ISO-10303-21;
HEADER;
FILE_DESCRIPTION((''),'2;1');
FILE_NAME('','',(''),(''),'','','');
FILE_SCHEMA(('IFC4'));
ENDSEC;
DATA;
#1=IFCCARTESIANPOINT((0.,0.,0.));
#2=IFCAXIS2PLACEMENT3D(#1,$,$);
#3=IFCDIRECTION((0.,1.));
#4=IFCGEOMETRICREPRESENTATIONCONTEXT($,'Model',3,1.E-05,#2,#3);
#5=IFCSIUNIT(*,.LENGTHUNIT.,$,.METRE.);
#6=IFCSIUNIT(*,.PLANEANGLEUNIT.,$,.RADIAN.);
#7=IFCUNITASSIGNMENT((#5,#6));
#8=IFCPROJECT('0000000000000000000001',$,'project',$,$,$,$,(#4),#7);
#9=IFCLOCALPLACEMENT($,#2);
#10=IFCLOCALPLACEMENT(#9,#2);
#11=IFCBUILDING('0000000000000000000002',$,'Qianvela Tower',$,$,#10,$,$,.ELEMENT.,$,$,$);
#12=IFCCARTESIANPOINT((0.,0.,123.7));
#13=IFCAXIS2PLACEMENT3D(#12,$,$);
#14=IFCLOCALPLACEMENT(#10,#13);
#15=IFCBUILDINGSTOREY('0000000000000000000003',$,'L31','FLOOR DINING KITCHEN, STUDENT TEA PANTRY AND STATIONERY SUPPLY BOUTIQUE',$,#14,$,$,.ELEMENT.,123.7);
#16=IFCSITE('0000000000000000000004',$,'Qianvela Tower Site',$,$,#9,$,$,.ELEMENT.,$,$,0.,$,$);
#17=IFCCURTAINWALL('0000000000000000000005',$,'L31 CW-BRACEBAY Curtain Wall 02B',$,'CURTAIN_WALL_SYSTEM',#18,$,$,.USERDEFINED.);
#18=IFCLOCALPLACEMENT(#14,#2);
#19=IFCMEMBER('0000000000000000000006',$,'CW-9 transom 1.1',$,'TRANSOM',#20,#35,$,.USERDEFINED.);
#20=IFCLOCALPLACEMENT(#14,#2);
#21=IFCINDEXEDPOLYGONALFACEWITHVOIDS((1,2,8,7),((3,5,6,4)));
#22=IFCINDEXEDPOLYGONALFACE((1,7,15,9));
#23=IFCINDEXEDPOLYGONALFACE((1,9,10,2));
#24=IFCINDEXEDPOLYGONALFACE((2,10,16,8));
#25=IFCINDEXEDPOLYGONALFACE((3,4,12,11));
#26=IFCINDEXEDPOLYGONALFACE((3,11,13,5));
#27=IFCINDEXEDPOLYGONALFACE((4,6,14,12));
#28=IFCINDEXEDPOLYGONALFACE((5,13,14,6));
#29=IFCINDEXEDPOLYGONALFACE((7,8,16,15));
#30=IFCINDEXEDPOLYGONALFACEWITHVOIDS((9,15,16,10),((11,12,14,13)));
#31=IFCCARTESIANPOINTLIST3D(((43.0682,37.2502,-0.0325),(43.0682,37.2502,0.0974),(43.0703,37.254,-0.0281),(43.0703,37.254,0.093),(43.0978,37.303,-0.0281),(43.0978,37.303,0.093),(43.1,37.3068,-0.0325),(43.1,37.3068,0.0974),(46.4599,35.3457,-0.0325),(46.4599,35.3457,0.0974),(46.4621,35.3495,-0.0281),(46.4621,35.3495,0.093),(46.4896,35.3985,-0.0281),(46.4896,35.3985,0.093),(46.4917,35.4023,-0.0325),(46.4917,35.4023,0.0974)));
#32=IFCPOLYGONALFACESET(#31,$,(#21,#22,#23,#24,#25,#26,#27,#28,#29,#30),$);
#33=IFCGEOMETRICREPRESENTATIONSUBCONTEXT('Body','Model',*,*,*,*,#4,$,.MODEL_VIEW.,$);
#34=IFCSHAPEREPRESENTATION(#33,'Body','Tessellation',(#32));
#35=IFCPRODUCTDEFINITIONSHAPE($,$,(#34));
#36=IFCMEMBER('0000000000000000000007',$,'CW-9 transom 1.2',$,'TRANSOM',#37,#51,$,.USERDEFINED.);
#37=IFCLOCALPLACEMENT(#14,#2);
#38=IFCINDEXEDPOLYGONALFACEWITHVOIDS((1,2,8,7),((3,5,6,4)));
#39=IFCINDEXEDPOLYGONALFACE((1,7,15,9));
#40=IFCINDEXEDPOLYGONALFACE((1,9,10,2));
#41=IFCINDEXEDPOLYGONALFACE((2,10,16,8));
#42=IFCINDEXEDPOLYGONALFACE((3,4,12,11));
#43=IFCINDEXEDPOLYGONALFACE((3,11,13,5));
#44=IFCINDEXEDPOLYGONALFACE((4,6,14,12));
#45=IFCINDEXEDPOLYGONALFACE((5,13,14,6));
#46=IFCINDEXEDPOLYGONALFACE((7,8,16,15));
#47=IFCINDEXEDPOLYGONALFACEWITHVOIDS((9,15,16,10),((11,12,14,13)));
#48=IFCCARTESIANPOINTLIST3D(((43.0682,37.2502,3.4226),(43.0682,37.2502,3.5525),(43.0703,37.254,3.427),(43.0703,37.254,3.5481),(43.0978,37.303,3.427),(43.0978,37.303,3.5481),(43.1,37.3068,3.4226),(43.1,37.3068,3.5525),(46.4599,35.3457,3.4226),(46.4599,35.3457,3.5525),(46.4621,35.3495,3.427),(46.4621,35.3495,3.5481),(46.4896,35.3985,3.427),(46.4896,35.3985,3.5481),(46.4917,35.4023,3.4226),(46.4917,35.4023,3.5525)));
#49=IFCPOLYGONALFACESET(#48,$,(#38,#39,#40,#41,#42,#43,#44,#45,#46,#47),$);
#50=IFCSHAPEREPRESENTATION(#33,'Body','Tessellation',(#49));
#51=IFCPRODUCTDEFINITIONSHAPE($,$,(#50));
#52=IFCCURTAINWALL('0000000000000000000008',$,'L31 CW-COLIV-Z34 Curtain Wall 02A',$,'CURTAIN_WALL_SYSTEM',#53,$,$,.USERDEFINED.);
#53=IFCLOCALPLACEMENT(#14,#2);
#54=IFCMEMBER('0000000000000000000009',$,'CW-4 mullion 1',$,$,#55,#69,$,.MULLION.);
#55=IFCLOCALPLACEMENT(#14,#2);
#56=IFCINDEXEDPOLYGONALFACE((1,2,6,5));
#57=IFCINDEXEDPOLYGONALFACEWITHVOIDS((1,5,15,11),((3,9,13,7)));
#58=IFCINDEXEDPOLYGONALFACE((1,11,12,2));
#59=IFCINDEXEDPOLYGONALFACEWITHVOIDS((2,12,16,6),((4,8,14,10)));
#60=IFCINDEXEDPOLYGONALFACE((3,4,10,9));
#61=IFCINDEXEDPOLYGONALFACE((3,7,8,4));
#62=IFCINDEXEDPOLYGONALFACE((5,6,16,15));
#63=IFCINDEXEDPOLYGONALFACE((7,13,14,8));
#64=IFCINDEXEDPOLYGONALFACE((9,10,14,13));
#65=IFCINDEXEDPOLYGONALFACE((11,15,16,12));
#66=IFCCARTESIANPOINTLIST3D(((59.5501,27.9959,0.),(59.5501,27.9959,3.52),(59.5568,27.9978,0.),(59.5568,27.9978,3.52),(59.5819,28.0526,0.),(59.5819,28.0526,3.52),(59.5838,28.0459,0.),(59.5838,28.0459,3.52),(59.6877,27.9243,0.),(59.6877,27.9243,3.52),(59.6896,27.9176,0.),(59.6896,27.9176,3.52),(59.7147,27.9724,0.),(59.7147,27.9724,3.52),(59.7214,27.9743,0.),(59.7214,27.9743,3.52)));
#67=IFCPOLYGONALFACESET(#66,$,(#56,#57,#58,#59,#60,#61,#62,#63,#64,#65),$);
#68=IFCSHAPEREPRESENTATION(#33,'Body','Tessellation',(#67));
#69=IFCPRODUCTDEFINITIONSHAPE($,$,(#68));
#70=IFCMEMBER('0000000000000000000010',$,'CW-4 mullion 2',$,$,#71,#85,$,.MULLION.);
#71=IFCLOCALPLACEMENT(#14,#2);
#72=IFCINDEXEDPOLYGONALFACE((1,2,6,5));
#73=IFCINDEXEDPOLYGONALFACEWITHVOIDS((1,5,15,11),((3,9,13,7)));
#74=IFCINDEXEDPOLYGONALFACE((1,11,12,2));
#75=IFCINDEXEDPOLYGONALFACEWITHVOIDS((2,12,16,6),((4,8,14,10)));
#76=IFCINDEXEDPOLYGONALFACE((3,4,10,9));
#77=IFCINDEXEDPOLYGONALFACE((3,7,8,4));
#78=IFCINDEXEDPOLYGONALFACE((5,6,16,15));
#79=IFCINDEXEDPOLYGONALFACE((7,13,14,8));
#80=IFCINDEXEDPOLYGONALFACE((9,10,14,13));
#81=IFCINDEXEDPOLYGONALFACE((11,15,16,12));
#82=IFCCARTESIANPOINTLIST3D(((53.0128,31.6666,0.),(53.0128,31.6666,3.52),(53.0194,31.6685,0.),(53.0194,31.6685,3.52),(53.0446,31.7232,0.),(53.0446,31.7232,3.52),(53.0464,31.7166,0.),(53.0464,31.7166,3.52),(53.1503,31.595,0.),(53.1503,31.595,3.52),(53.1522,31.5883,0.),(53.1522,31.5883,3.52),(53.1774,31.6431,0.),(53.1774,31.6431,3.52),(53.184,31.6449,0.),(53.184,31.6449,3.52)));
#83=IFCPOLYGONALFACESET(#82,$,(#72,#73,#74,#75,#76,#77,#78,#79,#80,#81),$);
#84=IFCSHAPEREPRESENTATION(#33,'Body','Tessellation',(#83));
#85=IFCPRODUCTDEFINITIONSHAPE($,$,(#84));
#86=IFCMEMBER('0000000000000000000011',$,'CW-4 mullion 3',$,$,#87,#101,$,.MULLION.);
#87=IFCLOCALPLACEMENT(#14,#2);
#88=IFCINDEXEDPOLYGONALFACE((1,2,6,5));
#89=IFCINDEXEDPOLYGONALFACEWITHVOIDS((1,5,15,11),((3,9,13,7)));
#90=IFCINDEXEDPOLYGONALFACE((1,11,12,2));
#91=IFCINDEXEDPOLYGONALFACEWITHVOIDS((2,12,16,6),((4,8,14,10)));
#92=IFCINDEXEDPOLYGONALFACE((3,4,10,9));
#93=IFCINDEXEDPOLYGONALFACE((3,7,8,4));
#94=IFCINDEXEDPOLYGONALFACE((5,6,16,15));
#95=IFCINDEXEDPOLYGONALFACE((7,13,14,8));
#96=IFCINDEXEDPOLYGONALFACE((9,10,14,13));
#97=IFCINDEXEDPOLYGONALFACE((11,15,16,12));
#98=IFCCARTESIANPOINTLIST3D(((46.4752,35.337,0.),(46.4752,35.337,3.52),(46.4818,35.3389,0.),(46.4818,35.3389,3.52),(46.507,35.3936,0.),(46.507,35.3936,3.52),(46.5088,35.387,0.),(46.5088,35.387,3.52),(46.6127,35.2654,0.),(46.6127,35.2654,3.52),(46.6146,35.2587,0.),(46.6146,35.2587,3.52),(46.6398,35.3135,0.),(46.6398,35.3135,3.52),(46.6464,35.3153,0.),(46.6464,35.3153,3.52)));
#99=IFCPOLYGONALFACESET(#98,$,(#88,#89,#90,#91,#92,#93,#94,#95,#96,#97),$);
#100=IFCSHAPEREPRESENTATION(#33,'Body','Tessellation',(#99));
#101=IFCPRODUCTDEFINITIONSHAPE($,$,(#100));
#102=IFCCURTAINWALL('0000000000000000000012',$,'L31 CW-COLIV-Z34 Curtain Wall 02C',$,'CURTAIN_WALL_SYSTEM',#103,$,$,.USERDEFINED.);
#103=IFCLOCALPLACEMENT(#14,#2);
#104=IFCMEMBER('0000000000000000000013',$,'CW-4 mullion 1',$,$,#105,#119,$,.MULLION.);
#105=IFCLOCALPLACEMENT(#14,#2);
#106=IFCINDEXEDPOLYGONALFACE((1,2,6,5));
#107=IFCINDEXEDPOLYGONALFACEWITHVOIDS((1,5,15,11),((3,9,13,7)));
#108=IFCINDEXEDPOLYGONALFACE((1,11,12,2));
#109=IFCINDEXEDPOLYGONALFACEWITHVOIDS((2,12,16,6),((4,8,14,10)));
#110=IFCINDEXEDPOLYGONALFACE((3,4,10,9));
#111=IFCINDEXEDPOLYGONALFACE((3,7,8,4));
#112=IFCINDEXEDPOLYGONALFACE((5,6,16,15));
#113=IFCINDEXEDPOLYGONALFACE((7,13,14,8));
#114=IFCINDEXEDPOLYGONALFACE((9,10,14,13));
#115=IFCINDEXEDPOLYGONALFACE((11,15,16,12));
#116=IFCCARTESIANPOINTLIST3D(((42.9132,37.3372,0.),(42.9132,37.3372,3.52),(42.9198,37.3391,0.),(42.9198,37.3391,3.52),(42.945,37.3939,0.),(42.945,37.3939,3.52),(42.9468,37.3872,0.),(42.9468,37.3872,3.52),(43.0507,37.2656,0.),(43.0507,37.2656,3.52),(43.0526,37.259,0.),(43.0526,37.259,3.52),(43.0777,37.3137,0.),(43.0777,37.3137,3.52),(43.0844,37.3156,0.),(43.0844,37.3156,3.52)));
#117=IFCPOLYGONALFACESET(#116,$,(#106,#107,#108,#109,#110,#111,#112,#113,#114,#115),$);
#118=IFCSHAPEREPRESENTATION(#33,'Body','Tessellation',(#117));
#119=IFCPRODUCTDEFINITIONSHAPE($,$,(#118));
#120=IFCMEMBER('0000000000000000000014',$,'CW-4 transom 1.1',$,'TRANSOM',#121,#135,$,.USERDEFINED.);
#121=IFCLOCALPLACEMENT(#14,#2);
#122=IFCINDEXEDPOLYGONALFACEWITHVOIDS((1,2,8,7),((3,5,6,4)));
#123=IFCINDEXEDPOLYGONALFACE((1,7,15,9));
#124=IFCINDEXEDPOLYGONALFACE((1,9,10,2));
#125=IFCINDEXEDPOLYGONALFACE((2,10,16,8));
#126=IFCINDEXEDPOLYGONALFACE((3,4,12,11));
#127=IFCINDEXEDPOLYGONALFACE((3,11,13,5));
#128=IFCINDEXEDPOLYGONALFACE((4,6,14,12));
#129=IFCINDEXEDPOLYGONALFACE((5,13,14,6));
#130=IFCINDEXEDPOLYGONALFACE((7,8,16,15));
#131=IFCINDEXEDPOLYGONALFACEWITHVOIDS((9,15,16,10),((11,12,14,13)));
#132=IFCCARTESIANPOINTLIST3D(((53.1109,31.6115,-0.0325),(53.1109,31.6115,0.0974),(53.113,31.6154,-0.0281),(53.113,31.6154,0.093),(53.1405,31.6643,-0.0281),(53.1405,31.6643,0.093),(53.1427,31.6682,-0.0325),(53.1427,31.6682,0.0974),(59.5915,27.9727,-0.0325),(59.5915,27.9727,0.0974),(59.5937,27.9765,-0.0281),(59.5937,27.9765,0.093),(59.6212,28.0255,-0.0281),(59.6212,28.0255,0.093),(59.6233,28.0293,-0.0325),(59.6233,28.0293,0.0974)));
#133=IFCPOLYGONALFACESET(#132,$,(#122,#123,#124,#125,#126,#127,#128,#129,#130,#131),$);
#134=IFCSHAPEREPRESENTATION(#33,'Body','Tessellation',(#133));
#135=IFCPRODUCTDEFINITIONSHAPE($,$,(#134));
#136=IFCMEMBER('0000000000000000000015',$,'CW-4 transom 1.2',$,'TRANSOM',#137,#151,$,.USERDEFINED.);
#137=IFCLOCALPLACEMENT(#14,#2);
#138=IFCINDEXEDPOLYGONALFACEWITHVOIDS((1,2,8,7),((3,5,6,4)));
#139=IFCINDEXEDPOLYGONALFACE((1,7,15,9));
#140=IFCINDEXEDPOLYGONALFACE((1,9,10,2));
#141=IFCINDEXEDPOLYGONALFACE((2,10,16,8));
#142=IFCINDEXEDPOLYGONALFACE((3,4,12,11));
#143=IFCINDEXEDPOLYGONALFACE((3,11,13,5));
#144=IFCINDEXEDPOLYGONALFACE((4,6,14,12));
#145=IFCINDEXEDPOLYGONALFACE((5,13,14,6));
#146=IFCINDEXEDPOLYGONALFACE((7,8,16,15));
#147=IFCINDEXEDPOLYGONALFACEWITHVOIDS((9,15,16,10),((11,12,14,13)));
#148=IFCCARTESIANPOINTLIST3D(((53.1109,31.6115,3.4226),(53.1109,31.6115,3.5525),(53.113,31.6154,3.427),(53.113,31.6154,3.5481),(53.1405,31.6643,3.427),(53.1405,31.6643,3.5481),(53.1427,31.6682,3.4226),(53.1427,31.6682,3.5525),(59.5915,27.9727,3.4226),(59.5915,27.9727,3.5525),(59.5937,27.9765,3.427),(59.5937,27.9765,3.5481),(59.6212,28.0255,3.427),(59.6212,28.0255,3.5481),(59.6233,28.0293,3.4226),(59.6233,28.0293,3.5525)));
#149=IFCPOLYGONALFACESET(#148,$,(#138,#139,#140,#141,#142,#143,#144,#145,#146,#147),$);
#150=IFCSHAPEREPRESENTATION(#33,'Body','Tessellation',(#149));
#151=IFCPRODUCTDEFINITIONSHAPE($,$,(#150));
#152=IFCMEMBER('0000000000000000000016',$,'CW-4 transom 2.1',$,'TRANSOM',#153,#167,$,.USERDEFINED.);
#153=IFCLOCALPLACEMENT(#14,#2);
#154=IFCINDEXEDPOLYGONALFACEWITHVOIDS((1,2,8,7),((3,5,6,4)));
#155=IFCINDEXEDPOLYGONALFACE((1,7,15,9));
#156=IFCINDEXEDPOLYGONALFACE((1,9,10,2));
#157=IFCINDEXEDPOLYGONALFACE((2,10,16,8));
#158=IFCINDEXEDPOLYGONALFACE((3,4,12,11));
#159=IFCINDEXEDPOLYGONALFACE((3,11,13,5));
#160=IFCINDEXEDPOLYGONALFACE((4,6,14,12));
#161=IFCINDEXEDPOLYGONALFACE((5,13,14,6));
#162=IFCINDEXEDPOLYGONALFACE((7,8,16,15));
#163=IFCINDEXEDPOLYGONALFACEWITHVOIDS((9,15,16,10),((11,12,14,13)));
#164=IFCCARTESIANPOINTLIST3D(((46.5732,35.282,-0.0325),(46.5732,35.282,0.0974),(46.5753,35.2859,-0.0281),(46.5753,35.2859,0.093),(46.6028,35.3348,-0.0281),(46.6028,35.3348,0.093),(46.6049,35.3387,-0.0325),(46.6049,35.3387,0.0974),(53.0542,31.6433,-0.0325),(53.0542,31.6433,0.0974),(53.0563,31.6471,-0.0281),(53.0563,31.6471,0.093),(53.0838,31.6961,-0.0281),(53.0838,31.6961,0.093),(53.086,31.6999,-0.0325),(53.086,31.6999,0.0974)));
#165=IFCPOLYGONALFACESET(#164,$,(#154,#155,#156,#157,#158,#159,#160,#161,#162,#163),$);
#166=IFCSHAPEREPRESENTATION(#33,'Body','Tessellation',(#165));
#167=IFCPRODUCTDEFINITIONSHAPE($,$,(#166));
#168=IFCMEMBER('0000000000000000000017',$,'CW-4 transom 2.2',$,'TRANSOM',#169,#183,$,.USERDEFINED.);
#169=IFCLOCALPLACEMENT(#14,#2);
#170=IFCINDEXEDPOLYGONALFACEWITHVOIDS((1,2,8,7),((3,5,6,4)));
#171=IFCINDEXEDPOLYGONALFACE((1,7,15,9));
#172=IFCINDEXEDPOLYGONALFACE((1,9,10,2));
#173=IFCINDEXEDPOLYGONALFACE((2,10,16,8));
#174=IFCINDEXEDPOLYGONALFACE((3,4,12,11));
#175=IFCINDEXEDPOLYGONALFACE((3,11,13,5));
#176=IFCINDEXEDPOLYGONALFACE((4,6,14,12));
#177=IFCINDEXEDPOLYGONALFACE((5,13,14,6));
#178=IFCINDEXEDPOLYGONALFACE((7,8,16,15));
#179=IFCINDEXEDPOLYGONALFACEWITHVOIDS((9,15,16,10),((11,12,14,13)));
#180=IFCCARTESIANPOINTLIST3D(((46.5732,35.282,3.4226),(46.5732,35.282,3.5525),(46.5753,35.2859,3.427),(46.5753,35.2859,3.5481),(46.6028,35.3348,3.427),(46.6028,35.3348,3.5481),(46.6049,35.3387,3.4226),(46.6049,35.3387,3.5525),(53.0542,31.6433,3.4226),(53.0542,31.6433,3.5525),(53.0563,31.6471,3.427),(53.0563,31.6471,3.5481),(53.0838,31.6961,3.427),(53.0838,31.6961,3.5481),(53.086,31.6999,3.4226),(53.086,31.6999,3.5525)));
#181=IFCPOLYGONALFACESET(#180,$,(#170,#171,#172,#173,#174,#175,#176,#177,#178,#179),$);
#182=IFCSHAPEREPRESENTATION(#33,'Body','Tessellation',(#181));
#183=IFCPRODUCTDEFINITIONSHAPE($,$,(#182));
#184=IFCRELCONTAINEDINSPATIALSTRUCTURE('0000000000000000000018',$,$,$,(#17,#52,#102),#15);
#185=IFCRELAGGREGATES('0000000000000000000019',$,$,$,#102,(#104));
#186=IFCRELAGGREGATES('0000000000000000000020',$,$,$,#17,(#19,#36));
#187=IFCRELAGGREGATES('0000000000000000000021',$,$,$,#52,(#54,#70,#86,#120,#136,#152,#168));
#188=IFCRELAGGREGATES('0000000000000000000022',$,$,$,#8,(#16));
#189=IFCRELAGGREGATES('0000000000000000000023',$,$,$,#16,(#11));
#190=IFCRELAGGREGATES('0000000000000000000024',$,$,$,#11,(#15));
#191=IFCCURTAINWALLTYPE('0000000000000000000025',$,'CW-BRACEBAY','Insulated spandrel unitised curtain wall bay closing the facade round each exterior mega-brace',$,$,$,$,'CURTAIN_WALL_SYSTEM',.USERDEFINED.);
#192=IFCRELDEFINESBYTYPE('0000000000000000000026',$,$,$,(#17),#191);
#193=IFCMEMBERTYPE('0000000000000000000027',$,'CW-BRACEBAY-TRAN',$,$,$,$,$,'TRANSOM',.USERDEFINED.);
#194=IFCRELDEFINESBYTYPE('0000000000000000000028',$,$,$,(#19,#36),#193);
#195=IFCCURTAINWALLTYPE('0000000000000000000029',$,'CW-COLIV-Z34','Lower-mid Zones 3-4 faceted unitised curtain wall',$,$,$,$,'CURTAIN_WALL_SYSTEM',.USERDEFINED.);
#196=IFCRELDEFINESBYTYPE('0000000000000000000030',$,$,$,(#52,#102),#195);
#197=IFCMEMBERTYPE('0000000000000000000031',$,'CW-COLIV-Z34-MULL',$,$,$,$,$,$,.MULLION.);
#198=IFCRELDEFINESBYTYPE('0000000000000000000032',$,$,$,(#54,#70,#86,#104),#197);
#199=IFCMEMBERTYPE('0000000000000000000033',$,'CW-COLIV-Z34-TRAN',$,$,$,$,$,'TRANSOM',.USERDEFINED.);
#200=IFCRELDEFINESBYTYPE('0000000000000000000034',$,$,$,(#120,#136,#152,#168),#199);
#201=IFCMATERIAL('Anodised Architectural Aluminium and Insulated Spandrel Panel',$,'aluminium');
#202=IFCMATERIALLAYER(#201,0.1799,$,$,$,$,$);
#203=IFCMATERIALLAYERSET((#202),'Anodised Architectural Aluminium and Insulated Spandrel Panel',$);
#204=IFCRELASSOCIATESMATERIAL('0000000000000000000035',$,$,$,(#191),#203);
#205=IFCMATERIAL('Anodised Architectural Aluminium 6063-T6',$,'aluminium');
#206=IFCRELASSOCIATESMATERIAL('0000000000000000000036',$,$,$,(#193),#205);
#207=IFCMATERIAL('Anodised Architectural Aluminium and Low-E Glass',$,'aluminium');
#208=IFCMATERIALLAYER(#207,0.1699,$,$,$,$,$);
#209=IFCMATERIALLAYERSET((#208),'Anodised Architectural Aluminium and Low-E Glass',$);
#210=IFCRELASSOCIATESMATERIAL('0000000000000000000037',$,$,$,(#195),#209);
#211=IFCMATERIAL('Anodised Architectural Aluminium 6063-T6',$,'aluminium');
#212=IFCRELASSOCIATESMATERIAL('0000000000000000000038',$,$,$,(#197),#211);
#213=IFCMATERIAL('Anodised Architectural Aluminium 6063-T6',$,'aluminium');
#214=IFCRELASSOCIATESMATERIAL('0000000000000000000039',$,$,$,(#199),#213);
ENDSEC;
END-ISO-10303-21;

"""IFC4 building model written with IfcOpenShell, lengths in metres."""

from ifc_helpers import new_model, si_unit, direction, frame, origin, origin_2d, place, context, subcontext, project, spatial, hollow_rectangle, extrude, material, layer, layer_set, material_profile, profile_set, type_object, element, aggregate, save


model = new_model("IFC4")

# Units and contexts
model_context = context("Model", 3, precision=1e-05, world=origin(), true_north=direction((0.0, 1.0)))
body_context = subcontext(model_context, "Body", "Model", "MODEL_VIEW")
ifc_project = project(units=[si_unit("LENGTHUNIT", "METRE"), si_unit("PLANEANGLEUNIT", "RADIAN")], contexts=[model_context])

# Site, building, storey
site_placement = place(None, origin())
site = spatial("IfcSite", under=ifc_project, at=site_placement, Name="Qianvela Tower Site", CompositionType="ELEMENT", RefElevation=0.0)
building_placement = place(site_placement, origin())
building = spatial("IfcBuilding", under=site, at=building_placement, Name="Qianvela Tower", CompositionType="ELEMENT")
storey_placement = place(building_placement, frame((0.0, 0.0, 123.7)))
storey = spatial("IfcBuildingStorey", under=building, at=storey_placement, Name="L31", Description="FLOOR DINING KITCHEN, STUDENT TEA PANTRY AND STATIONERY SUPPLY BOUTIQUE", CompositionType="ELEMENT", Elevation=123.7)

# Curtain walls, members
ifc_material_1 = material(Name="Anodised Architectural Aluminium and Insulated Spandrel Panel", Category="aluminium")
ifc_layer_1 = layer(ifc_material_1, 0.1799)
ifc_layer_set_1 = layer_set([ifc_layer_1], Name="Anodised Architectural Aluminium and Insulated Spandrel Panel")
curtain_wall_type_1 = type_object("IfcCurtainWallType", Name="CW-BRACEBAY", Description="Insulated spandrel unitised curtain wall bay closing the facade round each exterior mega-brace", ElementType="CURTAIN_WALL_SYSTEM", PredefinedType="USERDEFINED", material=ifc_layer_set_1)
curtain_wall_1_placement = place(storey_placement, origin())
curtain_wall_1 = element("IfcCurtainWall", 1, at=curtain_wall_1_placement, inside=storey, type_object=curtain_wall_type_1, Name="L31 CW-BRACEBAY Curtain Wall 02B", ObjectType="CURTAIN_WALL_SYSTEM", PredefinedType="USERDEFINED")
ifc_material_2 = material(Name="Anodised Architectural Aluminium 6063-T6", Category="aluminium")
ifc_material_profile_1 = material_profile(ifc_material_2, hollow_rectangle(XDim=0.0649, YDim=0.1299, WallThickness=0.0044, at=origin_2d()), Name="ALU-TRAN-65x130")
ifc_profile_set_1 = profile_set([ifc_material_profile_1], Name="Anodised Architectural Aluminium 6063-T6")
member_type_1 = type_object("IfcMemberType", Name="CW-BRACEBAY-TRAN", ElementType="TRANSOM", PredefinedType="USERDEFINED", material=ifc_profile_set_1)
member_1_placement = place(storey_placement, frame((46.4758, 35.374, 0.0325), z_axis=(-0.871946, 0.489603, 0.0), x_axis=(-0.489603, -0.871946, 0.0)))
member_1 = element("IfcMember", 2, at=member_1_placement, type_object=member_type_1, Name="CW-9 transom 1.1", ObjectType="TRANSOM", PredefinedType="USERDEFINED", context=body_context, shape_type="SweptSolid", body=[
    extrude(hollow_rectangle(XDim=0.0649, YDim=0.1299, WallThickness=0.0044, at=origin_2d()), origin(), (0.0, 0.0, 1.0), 3.8899),
])
member_2_placement = place(storey_placement, frame((46.4758, 35.374, 3.4875), z_axis=(-0.871946, 0.489603, 0.0), x_axis=(-0.489603, -0.871946, 0.0)))
member_2 = element("IfcMember", 3, at=member_2_placement, type_object=member_type_1, Name="CW-9 transom 1.2", ObjectType="TRANSOM", PredefinedType="USERDEFINED", context=body_context, shape_type="SweptSolid", body=[
    extrude(hollow_rectangle(XDim=0.0649, YDim=0.1299, WallThickness=0.0044, at=origin_2d()), origin(), (0.0, 0.0, 1.0), 3.8899),
])
ifc_material_3 = material(Name="Anodised Architectural Aluminium and Low-E Glass", Category="aluminium")
ifc_layer_2 = layer(ifc_material_3, 0.1699)
ifc_layer_set_2 = layer_set([ifc_layer_2], Name="Anodised Architectural Aluminium and Low-E Glass")
curtain_wall_type_2 = type_object("IfcCurtainWallType", Name="CW-COLIV-Z34", Description="Lower-mid Zones 3-4 faceted unitised curtain wall", ElementType="CURTAIN_WALL_SYSTEM", PredefinedType="USERDEFINED", material=ifc_layer_set_2)
curtain_wall_2_placement = place(storey_placement, origin())
curtain_wall_2 = element("IfcCurtainWall", 4, at=curtain_wall_2_placement, inside=storey, type_object=curtain_wall_type_2, Name="L31 CW-COLIV-Z34 Curtain Wall 02A", ObjectType="CURTAIN_WALL_SYSTEM", PredefinedType="USERDEFINED")
ifc_material_4 = material(Name="Anodised Architectural Aluminium 6063-T6", Category="aluminium")
ifc_material_profile_2 = material_profile(ifc_material_4, hollow_rectangle(XDim=0.0649, YDim=0.1599, WallThickness=0.0049, at=origin_2d()), Name="ALU-MULL-65x160")
ifc_profile_set_2 = profile_set([ifc_material_profile_2], Name="Anodised Architectural Aluminium 6063-T6")
member_type_2 = type_object("IfcMemberType", Name="CW-COLIV-Z34-MULL", PredefinedType="MULLION", material=ifc_profile_set_2)
member_3_placement = place(storey_placement, frame((59.6357, 27.9851, 0.0), z_axis=(0.0, 0.0, 1.0), x_axis=(-0.489576, -0.871961, 0.0)))
member_3 = element("IfcMember", 5, at=member_3_placement, type_object=member_type_2, Name="CW-4 mullion 1", PredefinedType="MULLION", context=body_context, shape_type="SweptSolid", body=[
    extrude(hollow_rectangle(XDim=0.0649, YDim=0.1599, WallThickness=0.0049, at=origin_2d()), origin(), (0.0, 0.0, 1.0), 3.52),
])
member_4_placement = place(storey_placement, frame((53.0984, 31.6558, 0.0), z_axis=(0.0, 0.0, 1.0), x_axis=(-0.489576, -0.871961, 0.0)))
member_4 = element("IfcMember", 6, at=member_4_placement, type_object=member_type_2, Name="CW-4 mullion 2", PredefinedType="MULLION", context=body_context, shape_type="SweptSolid", body=[
    extrude(hollow_rectangle(XDim=0.0649, YDim=0.1599, WallThickness=0.0049, at=origin_2d()), origin(), (0.0, 0.0, 1.0), 3.52),
])
member_5_placement = place(storey_placement, frame((46.5608, 35.3262, 0.0), z_axis=(0.0, 0.0, 1.0), x_axis=(-0.489576, -0.871961, 0.0)))
member_5 = element("IfcMember", 7, at=member_5_placement, type_object=member_type_2, Name="CW-4 mullion 3", PredefinedType="MULLION", context=body_context, shape_type="SweptSolid", body=[
    extrude(hollow_rectangle(XDim=0.0649, YDim=0.1599, WallThickness=0.0049, at=origin_2d()), origin(), (0.0, 0.0, 1.0), 3.52),
])

# Curtain wall, member
curtain_wall_3_placement = place(storey_placement, origin())
curtain_wall_3 = element("IfcCurtainWall", 8, at=curtain_wall_3_placement, inside=storey, type_object=curtain_wall_type_2, Name="L31 CW-COLIV-Z34 Curtain Wall 02C", ObjectType="CURTAIN_WALL_SYSTEM", PredefinedType="USERDEFINED")
member_6_placement = place(storey_placement, frame((42.9988, 37.3264, 0.0), z_axis=(0.0, 0.0, 1.0), x_axis=(-0.489576, -0.87196, 0.0)))
member_6 = element("IfcMember", 9, at=member_6_placement, type_object=member_type_2, Name="CW-4 mullion 1", PredefinedType="MULLION", context=body_context, shape_type="SweptSolid", body=[
    extrude(hollow_rectangle(XDim=0.0649, YDim=0.1599, WallThickness=0.0049, at=origin_2d()), origin(), (0.0, 0.0, 1.0), 3.52),
])

# Members
ifc_material_5 = material(Name="Anodised Architectural Aluminium 6063-T6", Category="aluminium")
ifc_material_profile_3 = material_profile(ifc_material_5, hollow_rectangle(XDim=0.0649, YDim=0.1299, WallThickness=0.0044, at=origin_2d()), Name="ALU-TRAN-65x130")
ifc_profile_set_3 = profile_set([ifc_material_profile_3], Name="Anodised Architectural Aluminium 6063-T6")
member_type_3 = type_object("IfcMemberType", Name="CW-COLIV-Z34-TRAN", ElementType="TRANSOM", PredefinedType="USERDEFINED", material=ifc_profile_set_3)
member_7_placement = place(storey_placement, frame((59.6074, 28.001, 0.0325), z_axis=(-0.871948, 0.489598, 0.0), x_axis=(-0.489598, -0.871948, 0.0)))
member_7 = element("IfcMember", 10, at=member_7_placement, type_object=member_type_3, Name="CW-4 transom 1.1", ObjectType="TRANSOM", PredefinedType="USERDEFINED", context=body_context, shape_type="SweptSolid", body=[
    extrude(hollow_rectangle(XDim=0.0649, YDim=0.1299, WallThickness=0.0044, at=origin_2d()), origin(), (0.0, 0.0, 1.0), 7.4324),
])
member_8_placement = place(storey_placement, frame((59.6074, 28.001, 3.4875), z_axis=(-0.871948, 0.489598, 0.0), x_axis=(-0.489598, -0.871948, 0.0)))
member_8 = element("IfcMember", 11, at=member_8_placement, type_object=member_type_3, Name="CW-4 transom 1.2", ObjectType="TRANSOM", PredefinedType="USERDEFINED", context=body_context, shape_type="SweptSolid", body=[
    extrude(hollow_rectangle(XDim=0.0649, YDim=0.1299, WallThickness=0.0044, at=origin_2d()), origin(), (0.0, 0.0, 1.0), 7.4324),
])
member_9_placement = place(storey_placement, frame((53.0701, 31.6716, 0.0325), z_axis=(-0.87197, 0.489559, 0.0), x_axis=(-0.489559, -0.87197, 0.0)))
member_9 = element("IfcMember", 12, at=member_9_placement, type_object=member_type_3, Name="CW-4 transom 2.1", ObjectType="TRANSOM", PredefinedType="USERDEFINED", context=body_context, shape_type="SweptSolid", body=[
    extrude(hollow_rectangle(XDim=0.0649, YDim=0.1299, WallThickness=0.0044, at=origin_2d()), origin(), (0.0, 0.0, 1.0), 7.4326),
])
member_10_placement = place(storey_placement, frame((53.0701, 31.6716, 3.4875), z_axis=(-0.87197, 0.489559, 0.0), x_axis=(-0.489559, -0.87197, 0.0)))
member_10 = element("IfcMember", 13, at=member_10_placement, type_object=member_type_3, Name="CW-4 transom 2.2", ObjectType="TRANSOM", PredefinedType="USERDEFINED", context=body_context, shape_type="SweptSolid", body=[
    extrude(hollow_rectangle(XDim=0.0649, YDim=0.1299, WallThickness=0.0044, at=origin_2d()), origin(), (0.0, 0.0, 1.0), 7.4326),
])
aggregate(curtain_wall_3, [member_6])

aggregate(curtain_wall_1, [member_1, member_2])
aggregate(curtain_wall_2, [member_3, member_4, member_5, member_7, member_8, member_9, member_10])

save(model, "model.ifc")
